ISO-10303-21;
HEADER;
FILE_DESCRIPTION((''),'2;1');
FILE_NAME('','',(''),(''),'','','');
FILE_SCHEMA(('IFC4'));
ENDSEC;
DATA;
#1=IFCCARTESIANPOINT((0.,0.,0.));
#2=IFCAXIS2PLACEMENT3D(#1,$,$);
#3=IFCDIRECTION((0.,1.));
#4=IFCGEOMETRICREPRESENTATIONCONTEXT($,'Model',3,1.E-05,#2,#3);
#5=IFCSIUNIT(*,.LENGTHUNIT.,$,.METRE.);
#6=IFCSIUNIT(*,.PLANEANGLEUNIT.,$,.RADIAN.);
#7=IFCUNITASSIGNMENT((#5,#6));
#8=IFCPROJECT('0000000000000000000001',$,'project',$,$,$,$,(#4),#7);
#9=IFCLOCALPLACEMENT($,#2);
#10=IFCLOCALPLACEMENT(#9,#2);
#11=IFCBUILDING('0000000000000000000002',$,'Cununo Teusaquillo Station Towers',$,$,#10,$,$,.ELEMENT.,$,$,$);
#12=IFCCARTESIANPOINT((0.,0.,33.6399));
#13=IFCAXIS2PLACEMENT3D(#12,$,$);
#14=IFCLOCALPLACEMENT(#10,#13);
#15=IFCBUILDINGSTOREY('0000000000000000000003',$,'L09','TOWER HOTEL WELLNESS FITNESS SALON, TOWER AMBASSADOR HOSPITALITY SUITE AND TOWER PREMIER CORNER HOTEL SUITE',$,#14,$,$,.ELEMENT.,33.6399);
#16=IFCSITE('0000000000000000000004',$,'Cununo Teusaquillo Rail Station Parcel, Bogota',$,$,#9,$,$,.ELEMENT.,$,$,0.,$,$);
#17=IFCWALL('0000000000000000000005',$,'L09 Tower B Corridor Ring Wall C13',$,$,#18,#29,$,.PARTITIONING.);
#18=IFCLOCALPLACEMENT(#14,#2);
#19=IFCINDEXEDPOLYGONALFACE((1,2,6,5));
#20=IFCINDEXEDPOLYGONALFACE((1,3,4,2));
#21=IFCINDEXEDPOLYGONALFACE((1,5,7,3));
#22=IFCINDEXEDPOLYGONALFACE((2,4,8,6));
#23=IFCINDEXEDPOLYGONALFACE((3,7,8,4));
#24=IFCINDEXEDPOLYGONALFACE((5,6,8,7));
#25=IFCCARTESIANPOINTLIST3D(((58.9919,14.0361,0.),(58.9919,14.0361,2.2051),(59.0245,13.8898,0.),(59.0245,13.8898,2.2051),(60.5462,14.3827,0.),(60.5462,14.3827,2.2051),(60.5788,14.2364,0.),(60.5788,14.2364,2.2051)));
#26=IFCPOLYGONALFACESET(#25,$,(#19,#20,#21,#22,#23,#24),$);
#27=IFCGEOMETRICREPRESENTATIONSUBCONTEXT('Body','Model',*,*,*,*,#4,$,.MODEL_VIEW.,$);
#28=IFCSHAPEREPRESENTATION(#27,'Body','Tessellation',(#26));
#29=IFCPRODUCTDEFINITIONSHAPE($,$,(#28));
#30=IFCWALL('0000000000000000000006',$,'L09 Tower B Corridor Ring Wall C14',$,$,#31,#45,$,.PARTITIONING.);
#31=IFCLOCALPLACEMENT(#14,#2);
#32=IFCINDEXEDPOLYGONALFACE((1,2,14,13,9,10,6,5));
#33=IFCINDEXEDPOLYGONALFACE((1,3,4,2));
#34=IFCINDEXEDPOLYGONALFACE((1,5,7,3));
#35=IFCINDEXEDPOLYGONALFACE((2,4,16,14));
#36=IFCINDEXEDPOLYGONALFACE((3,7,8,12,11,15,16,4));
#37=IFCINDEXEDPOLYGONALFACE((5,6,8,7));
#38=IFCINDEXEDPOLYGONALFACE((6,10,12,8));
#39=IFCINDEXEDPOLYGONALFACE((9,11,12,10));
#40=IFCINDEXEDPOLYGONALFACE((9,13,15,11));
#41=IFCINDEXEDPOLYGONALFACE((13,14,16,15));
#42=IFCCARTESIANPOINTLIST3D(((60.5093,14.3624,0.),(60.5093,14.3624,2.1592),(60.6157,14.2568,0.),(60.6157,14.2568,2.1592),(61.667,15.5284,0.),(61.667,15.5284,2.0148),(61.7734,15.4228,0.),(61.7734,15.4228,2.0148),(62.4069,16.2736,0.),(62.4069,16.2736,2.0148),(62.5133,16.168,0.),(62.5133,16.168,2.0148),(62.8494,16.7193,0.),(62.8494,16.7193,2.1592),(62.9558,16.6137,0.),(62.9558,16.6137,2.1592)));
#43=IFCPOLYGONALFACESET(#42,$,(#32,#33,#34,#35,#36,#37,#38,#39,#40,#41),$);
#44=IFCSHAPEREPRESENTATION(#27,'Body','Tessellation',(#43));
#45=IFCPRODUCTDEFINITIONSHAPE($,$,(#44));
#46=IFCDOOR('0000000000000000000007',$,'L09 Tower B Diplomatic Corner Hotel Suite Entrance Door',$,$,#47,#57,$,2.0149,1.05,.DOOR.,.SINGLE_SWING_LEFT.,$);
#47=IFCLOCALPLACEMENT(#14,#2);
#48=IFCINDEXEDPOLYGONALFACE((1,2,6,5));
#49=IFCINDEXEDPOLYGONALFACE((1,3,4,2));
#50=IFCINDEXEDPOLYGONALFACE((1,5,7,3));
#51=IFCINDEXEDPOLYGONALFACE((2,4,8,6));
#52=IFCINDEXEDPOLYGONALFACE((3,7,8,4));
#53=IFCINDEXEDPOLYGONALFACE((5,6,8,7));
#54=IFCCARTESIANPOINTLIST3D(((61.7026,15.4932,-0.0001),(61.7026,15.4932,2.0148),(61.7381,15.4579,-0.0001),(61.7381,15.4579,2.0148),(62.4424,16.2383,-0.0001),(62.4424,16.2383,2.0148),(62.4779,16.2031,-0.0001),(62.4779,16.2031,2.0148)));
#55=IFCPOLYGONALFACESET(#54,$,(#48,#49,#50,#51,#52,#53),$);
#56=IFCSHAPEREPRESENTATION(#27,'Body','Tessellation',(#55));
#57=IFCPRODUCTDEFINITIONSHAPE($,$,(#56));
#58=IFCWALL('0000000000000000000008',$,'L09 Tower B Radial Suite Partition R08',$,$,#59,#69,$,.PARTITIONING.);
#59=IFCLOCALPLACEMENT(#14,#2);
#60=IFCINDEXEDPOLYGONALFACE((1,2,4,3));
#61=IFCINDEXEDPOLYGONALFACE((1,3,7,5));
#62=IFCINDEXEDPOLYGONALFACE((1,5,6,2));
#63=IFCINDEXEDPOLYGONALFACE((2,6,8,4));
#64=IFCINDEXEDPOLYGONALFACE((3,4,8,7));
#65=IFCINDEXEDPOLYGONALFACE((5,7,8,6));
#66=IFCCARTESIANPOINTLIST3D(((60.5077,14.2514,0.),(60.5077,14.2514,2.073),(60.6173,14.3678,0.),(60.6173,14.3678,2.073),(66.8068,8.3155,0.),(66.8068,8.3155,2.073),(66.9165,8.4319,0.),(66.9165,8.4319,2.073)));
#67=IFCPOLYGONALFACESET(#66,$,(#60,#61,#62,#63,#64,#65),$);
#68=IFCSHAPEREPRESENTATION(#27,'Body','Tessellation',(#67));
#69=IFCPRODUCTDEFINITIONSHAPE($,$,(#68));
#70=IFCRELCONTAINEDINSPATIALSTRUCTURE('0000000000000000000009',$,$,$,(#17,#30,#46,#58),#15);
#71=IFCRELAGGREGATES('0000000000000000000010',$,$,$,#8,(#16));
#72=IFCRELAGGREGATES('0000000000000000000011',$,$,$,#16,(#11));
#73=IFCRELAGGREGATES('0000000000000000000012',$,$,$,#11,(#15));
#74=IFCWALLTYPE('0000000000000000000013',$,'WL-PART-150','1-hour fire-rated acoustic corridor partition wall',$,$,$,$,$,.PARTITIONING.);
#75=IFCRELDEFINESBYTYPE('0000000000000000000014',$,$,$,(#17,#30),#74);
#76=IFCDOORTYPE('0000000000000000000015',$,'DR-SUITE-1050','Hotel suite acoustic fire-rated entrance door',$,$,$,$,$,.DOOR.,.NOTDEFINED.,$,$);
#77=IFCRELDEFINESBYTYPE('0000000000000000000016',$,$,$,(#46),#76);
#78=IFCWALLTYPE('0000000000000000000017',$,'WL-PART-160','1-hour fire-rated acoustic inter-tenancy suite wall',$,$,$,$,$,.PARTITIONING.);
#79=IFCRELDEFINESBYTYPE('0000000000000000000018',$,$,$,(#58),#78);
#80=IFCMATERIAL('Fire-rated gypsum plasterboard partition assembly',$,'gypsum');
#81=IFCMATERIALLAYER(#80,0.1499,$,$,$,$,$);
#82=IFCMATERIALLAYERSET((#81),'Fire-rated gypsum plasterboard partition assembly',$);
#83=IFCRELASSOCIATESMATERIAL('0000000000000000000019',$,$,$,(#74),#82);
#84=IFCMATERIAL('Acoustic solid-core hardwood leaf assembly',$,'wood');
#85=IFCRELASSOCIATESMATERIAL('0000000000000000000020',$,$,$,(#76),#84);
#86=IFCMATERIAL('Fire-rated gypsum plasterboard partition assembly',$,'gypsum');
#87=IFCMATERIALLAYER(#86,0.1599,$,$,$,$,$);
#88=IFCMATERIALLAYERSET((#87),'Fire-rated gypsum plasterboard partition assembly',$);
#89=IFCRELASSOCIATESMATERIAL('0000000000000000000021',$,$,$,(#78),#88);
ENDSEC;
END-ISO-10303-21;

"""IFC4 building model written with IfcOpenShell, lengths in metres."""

from ifc_helpers import new_model, si_unit, direction, frame, frame_2d, origin, place, context, subcontext, project, spatial, rectangle, extrude, source, transform, mapped, material, layer, layer_set, type_object, element, fill, save


model = new_model("IFC4")

# Units and contexts
model_context = context("Model", 3, precision=1e-05, world=origin(), true_north=direction((0.0, 1.0)))
body_context = subcontext(model_context, "Body", "Model", "MODEL_VIEW")
ifc_project = project(units=[si_unit("LENGTHUNIT", "METRE"), si_unit("PLANEANGLEUNIT", "RADIAN")], contexts=[model_context])

# Site, building, storey
site_placement = place(None, origin())
site = spatial("IfcSite", under=ifc_project, at=site_placement, Name="Cununo Teusaquillo Rail Station Parcel, Bogota", CompositionType="ELEMENT", RefElevation=0.0)
building_placement = place(site_placement, origin())
building = spatial("IfcBuilding", under=site, at=building_placement, Name="Cununo Teusaquillo Station Towers", CompositionType="ELEMENT")
storey_placement = place(building_placement, frame((0.0, 0.0, 33.6399)))
storey = spatial("IfcBuildingStorey", under=building, at=storey_placement, Name="L09", Description="TOWER HOTEL WELLNESS FITNESS SALON, TOWER AMBASSADOR HOSPITALITY SUITE AND TOWER PREMIER CORNER HOTEL SUITE", CompositionType="ELEMENT", Elevation=33.6399)

# Wall
ifc_material_1 = material(Name="Fire-rated gypsum plasterboard partition assembly", Category="gypsum")
ifc_layer_1 = layer(ifc_material_1, 0.1499)
ifc_layer_set_1 = layer_set([ifc_layer_1], Name="Fire-rated gypsum plasterboard partition assembly")
wall_type_1 = type_object("IfcWallType", Name="WL-PART-150", Description="1-hour fire-rated acoustic corridor partition wall", PredefinedType="PARTITIONING", material=ifc_layer_set_1)
wall_1_placement = place(storey_placement, frame((59.0081, 13.9629, 0.0), z_axis=(0.0, 0.0, 1.0), x_axis=(0.976021, 0.217677, 0.0)))
element("IfcWall", 1, at=wall_1_placement, inside=storey, type_object=wall_type_1, Name="L09 Tower B Corridor Ring Wall C13", PredefinedType="PARTITIONING", context=body_context, shape_type="SweptSolid", body=[
    extrude(rectangle(XDim=1.5925, YDim=0.1499, at=frame_2d((0.7964, 0.0))), origin(), (0.0, 0.0, 1.0), 2.2051),
])

# Wall, opening, door
wall_2_placement = place(storey_placement, frame((60.5625, 14.3096, 0.0), z_axis=(0.0, 0.0, 1.0), x_axis=(0.704566, 0.709638, 0.0)))
wall_2 = element("IfcWall", 2, at=wall_2_placement, inside=storey, type_object=wall_type_1, Name="L09 Tower B Corridor Ring Wall C14", PredefinedType="PARTITIONING", context=body_context, shape_type="SweptSolid", body=[
    extrude(rectangle(XDim=3.3213, YDim=0.1499, at=frame_2d((1.6606, 0.0))), origin(), (0.0, 0.0, 1.0), 2.1592),
])
shared_shape_1 = source(origin(), body_context, "Body", "SweptSolid", [
    extrude(rectangle(XDim=1.05, YDim=2.0149, at=frame_2d((0.5249, 1.0073))), frame((0.0, 0.085, 0.0), z_axis=(0.0, -1.0, 0.0), x_axis=(1.0, 0.0, 0.0)), (0.0, 0.0, 1.0), 0.1699),
])
opening_1_placement = place(wall_2_placement, frame((1.6433, 0.0, 0.0)))
opening_1 = element("IfcOpeningElement", 3, at=opening_1_placement, cuts=wall_2, PredefinedType="OPENING", context=body_context, shape_type="MappedRepresentation", body=[
    mapped(shared_shape_1, transform((0.0, 0.0, 0.0), x_axis=(1.0, 0.0, 0.0), y_axis=(0.0, 1.0, 0.0), z_axis=(0.0, 0.0, 1.0), scale=1.0)),
])
ifc_material_2 = material(Name="Acoustic solid-core hardwood leaf assembly", Category="wood")
door_type_1 = type_object("IfcDoorType", Name="DR-SUITE-1050", Description="Hotel suite acoustic fire-rated entrance door", OperationType="NOTDEFINED", PredefinedType="DOOR", material=ifc_material_2)
shared_shape_2 = source(origin(), body_context, "Body", "SweptSolid", [
    extrude(rectangle(XDim=1.05, YDim=2.0149, at=frame_2d((0.5249, 1.0073))), frame((0.0, 0.0249, 0.0), z_axis=(0.0, -1.0, 0.0), x_axis=(1.0, 0.0, 0.0)), (0.0, 0.0, 1.0), 0.05),
])
door_1_placement = place(opening_1_placement, origin())
door_1 = element("IfcDoor", 4, at=door_1_placement, inside=storey, type_object=door_type_1, Name="L09 Tower B Diplomatic Corner Hotel Suite Entrance Door", OperationType="SINGLE_SWING_LEFT", OverallHeight=2.0149, OverallWidth=1.05, PredefinedType="DOOR", context=body_context, shape_type="MappedRepresentation", body=[
    mapped(shared_shape_2, transform((0.0, 0.0, 0.0), x_axis=(1.0, 0.0, 0.0), y_axis=(0.0, 1.0, 0.0), z_axis=(0.0, 0.0, 1.0), scale=1.0)),
])
fill(opening_1, door_1)

# Wall
ifc_material_3 = material(Name="Fire-rated gypsum plasterboard partition assembly", Category="gypsum")
ifc_layer_2 = layer(ifc_material_3, 0.1599)
ifc_layer_set_2 = layer_set([ifc_layer_2], Name="Fire-rated gypsum plasterboard partition assembly")
wall_type_2 = type_object("IfcWallType", Name="WL-PART-160", Description="1-hour fire-rated acoustic inter-tenancy suite wall", PredefinedType="PARTITIONING", material=ifc_layer_set_2)
wall_3_placement = place(storey_placement, frame((60.5625, 14.3096, 0.0), z_axis=(0.0, 0.0, 1.0), x_axis=(0.727782, -0.685809, 0.0)))
element("IfcWall", 5, at=wall_3_placement, inside=storey, type_object=wall_type_2, Name="L09 Tower B Radial Suite Partition R08", PredefinedType="PARTITIONING", context=body_context, shape_type="SweptSolid", body=[
    extrude(rectangle(XDim=8.6553, YDim=0.1599, at=frame_2d((4.3276, 0.0))), origin(), (0.0, 0.0, 1.0), 2.073),
])

save(model, "model.ifc")
